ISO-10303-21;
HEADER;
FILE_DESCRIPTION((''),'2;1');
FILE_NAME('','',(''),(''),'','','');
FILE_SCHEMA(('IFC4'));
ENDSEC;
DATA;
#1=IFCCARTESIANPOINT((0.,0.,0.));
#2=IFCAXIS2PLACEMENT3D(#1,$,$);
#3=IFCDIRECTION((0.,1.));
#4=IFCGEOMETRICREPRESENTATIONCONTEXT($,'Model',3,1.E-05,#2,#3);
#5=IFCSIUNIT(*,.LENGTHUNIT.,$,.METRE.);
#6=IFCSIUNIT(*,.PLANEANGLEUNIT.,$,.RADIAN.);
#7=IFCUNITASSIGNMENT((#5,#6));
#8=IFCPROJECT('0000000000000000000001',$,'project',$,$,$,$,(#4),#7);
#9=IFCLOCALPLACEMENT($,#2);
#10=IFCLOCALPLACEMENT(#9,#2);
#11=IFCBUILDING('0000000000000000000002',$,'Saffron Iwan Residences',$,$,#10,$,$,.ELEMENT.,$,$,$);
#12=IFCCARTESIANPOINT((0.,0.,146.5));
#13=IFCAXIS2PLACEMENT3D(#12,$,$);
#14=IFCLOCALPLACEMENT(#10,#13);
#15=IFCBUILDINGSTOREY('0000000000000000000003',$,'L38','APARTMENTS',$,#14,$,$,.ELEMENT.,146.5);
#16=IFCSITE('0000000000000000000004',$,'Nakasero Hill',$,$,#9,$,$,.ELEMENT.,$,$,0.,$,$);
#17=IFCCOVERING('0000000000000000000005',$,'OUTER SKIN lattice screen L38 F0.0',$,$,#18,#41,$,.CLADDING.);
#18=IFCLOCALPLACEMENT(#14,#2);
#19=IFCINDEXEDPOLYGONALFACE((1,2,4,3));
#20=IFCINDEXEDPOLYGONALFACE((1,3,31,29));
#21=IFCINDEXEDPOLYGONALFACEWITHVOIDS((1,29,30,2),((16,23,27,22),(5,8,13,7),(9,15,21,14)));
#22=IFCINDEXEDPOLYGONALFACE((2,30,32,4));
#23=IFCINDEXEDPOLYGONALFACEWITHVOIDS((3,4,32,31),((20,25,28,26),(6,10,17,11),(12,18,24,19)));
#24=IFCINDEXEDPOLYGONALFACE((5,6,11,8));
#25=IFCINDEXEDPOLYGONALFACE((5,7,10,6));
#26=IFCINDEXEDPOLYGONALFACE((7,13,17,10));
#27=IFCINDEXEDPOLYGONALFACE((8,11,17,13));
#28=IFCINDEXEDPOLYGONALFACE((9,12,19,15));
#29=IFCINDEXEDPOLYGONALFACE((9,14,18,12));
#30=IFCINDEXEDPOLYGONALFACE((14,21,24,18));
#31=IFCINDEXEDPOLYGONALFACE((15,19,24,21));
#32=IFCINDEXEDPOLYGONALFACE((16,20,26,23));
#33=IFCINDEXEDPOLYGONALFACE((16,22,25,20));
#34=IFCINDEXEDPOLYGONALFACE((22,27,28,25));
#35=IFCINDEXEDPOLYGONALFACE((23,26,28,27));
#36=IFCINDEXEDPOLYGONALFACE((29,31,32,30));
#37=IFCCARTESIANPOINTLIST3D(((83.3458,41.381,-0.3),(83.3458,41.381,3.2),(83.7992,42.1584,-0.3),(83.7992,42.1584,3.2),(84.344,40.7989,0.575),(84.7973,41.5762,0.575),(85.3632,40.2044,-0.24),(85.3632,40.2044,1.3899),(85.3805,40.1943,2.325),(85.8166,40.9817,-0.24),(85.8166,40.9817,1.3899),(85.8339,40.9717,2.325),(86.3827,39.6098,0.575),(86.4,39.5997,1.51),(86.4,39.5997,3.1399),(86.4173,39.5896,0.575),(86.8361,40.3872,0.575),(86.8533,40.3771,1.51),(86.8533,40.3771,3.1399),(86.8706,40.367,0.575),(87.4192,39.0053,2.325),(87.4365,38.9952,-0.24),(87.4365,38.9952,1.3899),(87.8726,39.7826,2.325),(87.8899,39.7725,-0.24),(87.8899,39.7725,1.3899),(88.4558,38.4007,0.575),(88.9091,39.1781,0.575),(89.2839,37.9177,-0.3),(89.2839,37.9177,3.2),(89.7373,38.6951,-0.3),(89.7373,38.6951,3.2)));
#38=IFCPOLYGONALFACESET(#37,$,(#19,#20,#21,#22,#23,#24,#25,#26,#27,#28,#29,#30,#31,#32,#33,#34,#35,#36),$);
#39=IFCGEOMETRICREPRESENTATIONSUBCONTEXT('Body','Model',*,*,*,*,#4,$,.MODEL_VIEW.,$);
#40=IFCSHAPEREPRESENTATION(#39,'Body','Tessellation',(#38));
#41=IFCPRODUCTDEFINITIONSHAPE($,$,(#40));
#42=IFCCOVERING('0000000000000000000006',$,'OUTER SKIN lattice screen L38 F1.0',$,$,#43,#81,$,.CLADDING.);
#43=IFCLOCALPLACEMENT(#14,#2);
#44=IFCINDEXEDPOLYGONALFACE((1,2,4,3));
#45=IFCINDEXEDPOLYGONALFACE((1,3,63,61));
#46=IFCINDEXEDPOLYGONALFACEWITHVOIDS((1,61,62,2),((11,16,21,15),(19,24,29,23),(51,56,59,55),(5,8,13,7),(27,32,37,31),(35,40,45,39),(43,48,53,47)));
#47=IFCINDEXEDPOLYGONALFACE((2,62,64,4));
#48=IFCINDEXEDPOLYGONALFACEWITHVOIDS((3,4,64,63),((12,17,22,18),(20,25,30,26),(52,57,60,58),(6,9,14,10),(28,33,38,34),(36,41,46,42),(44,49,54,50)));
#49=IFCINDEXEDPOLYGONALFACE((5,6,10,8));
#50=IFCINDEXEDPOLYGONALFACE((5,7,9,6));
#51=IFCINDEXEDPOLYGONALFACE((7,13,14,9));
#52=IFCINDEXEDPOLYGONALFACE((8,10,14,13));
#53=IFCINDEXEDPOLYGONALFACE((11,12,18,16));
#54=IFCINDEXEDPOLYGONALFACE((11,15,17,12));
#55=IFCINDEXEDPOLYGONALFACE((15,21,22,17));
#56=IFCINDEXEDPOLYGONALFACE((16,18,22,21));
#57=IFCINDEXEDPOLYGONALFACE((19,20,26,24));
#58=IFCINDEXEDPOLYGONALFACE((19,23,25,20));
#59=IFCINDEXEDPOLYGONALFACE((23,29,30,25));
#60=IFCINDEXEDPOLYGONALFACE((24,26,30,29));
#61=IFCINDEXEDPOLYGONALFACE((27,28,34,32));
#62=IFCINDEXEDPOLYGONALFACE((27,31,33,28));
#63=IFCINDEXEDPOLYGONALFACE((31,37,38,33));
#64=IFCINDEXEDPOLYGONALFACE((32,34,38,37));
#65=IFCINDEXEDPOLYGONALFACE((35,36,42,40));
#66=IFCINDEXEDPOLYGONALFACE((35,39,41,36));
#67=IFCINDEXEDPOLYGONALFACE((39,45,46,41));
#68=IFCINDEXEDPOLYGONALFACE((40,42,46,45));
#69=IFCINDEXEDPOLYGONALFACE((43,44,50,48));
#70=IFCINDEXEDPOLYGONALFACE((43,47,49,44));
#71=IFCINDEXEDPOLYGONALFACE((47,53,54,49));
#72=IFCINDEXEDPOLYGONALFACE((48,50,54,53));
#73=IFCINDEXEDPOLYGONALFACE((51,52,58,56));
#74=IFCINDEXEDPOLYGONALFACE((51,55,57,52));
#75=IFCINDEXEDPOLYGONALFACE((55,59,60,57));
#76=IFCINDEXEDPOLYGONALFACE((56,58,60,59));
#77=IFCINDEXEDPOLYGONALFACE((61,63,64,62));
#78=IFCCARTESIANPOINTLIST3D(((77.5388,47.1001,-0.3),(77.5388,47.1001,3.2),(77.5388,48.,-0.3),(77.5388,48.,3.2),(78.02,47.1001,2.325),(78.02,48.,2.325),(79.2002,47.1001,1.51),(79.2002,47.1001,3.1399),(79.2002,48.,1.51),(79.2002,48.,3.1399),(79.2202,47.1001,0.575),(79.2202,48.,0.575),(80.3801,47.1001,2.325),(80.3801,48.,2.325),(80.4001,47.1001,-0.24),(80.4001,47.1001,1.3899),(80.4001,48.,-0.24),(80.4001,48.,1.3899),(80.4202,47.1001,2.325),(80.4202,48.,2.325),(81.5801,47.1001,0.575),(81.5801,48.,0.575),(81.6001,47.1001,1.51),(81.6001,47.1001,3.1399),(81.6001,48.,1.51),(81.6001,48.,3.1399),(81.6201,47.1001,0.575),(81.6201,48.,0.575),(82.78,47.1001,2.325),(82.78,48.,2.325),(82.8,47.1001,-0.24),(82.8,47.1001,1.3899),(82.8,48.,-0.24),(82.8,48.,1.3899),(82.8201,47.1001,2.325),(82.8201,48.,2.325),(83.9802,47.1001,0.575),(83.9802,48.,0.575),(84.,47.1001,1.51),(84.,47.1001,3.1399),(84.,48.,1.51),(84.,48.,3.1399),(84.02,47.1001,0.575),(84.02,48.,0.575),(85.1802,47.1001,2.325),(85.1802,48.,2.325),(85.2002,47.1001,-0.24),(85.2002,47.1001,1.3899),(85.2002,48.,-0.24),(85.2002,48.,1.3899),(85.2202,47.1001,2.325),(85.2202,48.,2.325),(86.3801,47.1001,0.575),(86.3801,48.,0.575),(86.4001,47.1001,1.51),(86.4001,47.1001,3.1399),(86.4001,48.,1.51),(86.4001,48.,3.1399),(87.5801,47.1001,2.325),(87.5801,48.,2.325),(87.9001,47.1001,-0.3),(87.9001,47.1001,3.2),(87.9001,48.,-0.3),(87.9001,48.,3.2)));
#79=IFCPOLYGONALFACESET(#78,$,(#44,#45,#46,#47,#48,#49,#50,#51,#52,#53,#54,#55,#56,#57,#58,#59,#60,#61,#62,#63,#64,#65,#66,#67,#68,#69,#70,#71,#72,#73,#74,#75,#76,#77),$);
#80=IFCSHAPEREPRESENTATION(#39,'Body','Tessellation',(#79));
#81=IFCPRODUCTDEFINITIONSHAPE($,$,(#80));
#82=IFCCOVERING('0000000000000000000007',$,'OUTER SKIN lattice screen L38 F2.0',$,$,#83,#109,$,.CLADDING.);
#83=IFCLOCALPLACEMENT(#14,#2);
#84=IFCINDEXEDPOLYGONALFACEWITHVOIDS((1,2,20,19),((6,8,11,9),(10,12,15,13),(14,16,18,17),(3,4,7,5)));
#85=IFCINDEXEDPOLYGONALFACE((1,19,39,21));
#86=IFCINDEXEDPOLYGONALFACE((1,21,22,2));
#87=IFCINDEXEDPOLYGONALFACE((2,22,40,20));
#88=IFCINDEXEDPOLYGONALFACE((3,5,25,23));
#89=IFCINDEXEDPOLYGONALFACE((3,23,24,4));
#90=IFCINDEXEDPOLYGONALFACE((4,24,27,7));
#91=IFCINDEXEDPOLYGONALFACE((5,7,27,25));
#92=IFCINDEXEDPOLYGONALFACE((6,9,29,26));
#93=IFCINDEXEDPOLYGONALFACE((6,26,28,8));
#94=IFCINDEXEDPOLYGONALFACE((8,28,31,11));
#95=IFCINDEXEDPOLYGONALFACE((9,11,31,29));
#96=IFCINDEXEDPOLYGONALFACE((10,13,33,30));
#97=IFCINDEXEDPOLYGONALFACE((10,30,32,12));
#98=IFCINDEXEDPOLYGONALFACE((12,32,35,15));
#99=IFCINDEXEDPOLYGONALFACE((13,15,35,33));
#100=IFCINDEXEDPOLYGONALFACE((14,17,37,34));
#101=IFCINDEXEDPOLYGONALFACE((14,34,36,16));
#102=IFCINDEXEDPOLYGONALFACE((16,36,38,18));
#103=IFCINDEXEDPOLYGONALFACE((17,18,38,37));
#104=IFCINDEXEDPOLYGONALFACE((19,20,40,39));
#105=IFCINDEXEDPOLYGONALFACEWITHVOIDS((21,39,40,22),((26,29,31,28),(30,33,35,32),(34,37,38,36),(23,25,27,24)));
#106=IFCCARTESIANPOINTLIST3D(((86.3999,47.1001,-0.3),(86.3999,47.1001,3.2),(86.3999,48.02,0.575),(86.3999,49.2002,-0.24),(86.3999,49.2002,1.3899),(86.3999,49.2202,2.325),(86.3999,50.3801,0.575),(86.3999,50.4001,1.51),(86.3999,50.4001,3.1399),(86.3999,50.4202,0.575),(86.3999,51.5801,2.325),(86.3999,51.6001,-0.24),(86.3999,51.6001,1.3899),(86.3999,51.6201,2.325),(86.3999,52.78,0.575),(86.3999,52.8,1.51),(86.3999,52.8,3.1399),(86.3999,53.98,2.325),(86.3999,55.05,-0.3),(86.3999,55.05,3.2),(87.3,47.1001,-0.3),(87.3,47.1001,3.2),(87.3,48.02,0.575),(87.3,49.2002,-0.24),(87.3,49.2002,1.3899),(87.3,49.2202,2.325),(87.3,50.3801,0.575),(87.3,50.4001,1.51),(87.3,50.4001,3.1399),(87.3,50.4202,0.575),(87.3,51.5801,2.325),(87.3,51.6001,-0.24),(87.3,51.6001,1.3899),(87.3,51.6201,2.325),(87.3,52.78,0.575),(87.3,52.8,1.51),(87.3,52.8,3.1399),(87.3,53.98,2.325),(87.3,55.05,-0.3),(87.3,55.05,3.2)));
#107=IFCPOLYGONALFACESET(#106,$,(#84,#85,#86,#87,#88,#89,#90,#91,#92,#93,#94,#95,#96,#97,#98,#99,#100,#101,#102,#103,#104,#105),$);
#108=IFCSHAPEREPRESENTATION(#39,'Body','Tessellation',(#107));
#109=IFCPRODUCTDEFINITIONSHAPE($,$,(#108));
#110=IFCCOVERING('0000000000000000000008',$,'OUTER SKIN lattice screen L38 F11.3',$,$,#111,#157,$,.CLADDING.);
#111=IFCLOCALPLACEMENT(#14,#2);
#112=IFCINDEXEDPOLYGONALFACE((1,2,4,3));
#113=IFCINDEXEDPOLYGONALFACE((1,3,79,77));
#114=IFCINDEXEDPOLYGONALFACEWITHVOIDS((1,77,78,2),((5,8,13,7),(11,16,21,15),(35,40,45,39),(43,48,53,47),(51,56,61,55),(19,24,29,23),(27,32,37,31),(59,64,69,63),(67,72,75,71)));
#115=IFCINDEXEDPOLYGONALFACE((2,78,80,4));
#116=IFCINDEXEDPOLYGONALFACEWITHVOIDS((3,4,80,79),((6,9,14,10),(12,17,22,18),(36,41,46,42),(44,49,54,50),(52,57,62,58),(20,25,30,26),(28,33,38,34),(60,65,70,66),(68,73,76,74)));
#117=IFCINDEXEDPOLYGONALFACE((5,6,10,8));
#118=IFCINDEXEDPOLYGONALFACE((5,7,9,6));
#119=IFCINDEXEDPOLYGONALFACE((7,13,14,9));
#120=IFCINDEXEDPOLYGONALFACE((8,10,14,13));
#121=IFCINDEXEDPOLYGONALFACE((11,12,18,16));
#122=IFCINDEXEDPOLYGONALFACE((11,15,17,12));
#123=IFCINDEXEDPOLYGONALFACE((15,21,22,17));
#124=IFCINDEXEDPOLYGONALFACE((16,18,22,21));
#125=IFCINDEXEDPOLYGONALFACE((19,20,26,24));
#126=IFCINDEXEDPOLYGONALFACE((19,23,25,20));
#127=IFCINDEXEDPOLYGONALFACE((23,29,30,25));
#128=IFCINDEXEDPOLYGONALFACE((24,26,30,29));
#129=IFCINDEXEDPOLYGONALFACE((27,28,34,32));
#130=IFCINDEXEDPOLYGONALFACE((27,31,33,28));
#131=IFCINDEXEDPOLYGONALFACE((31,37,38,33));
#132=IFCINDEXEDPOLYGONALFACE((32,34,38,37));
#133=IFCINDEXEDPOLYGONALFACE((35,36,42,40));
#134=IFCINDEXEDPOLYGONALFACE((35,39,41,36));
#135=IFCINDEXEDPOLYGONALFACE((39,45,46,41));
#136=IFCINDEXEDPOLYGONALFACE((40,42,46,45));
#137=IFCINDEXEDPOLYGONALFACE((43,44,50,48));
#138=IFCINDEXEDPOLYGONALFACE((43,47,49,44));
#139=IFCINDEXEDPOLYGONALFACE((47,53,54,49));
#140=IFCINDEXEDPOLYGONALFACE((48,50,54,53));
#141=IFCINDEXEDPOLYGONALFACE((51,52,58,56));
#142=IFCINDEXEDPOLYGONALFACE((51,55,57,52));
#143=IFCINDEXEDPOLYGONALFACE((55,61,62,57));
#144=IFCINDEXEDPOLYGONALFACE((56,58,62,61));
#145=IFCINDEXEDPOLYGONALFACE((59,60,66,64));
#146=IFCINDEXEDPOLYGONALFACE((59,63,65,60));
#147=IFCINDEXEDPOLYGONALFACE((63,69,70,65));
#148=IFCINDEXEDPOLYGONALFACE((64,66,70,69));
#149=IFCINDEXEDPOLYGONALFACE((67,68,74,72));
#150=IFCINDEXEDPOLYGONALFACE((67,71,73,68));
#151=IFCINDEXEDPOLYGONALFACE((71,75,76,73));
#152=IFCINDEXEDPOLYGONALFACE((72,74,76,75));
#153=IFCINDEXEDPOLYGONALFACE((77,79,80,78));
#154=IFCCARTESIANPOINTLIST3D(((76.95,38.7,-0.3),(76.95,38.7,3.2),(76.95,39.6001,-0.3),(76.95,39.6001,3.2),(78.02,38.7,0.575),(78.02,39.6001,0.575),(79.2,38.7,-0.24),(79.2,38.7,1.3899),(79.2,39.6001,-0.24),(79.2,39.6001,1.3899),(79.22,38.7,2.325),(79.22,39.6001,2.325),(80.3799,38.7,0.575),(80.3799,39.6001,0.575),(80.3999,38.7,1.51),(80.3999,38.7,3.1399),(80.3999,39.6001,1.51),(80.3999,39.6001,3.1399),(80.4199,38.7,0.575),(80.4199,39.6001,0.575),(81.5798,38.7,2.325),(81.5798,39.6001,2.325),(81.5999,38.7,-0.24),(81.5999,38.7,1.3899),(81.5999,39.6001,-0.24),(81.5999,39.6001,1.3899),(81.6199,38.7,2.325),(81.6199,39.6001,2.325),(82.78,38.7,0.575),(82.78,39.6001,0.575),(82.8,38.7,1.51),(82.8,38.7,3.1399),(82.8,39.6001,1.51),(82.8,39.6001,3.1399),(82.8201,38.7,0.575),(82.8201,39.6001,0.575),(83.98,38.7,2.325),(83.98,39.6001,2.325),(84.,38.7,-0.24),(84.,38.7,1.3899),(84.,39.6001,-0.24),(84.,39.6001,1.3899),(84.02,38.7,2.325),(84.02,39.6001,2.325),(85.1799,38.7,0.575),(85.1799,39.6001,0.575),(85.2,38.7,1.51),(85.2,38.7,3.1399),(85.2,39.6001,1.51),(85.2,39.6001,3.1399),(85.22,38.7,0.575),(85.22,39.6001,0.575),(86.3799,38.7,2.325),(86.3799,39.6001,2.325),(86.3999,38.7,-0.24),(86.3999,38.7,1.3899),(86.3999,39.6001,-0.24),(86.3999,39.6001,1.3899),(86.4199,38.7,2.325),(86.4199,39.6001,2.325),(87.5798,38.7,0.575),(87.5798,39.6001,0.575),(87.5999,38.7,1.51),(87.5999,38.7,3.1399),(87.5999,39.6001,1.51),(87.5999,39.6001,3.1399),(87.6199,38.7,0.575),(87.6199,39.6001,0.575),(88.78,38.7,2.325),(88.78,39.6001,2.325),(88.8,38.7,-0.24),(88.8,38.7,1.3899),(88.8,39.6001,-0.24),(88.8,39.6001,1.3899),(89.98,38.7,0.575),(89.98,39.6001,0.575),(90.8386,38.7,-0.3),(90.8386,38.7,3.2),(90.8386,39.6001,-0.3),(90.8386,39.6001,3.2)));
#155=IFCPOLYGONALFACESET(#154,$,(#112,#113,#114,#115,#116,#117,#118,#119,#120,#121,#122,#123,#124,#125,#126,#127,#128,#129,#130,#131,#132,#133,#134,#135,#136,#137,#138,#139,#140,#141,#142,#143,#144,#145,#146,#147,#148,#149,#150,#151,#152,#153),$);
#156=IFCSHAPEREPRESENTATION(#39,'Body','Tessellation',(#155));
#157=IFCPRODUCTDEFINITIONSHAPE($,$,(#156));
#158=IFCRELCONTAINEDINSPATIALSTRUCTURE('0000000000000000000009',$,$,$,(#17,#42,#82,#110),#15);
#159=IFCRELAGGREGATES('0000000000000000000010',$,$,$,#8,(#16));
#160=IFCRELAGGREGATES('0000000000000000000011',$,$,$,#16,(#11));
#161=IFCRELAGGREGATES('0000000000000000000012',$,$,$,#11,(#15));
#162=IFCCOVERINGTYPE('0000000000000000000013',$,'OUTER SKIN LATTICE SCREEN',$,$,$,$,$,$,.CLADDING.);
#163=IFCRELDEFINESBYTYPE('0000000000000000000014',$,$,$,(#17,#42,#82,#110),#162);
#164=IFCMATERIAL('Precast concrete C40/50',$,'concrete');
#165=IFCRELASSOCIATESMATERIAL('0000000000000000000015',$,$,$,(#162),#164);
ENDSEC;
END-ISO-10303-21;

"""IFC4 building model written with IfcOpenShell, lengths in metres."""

from ifc_helpers import new_model, si_unit, direction, frame, origin, place, context, subcontext, project, spatial, polyline, outline, extrude, material, type_object, element, save


model = new_model("IFC4")

# Units and contexts
model_context = context("Model", 3, precision=1e-05, world=origin(), true_north=direction((0.0, 1.0)))
body_context = subcontext(model_context, "Body", "Model", "MODEL_VIEW")
ifc_project = project(units=[si_unit("LENGTHUNIT", "METRE"), si_unit("PLANEANGLEUNIT", "RADIAN")], contexts=[model_context])

# Site, building, storey
site_placement = place(None, origin())
site = spatial("IfcSite", under=ifc_project, at=site_placement, Name="Nakasero Hill", CompositionType="ELEMENT", RefElevation=0.0)
building_placement = place(site_placement, origin())
building = spatial("IfcBuilding", under=site, at=building_placement, Name="Saffron Iwan Residences", CompositionType="ELEMENT")
storey_placement = place(building_placement, frame((0.0, 0.0, 146.5)))
storey = spatial("IfcBuildingStorey", under=building, at=storey_placement, Name="L38", Description="APARTMENTS", CompositionType="ELEMENT", Elevation=146.5)

# Coverings
ifc_material_1 = material(Name="Precast concrete C40/50", Category="concrete")
covering_type = type_object("IfcCoveringType", Name="OUTER SKIN LATTICE SCREEN", PredefinedType="CLADDING", material=ifc_material_1)
covering_1_placement = place(storey_placement, frame((89.2839, 37.9177, -0.3), z_axis=(0.503804, 0.863818, 0.0), x_axis=(-0.863818, 0.503804, 0.0)))
element("IfcCovering", 1, at=covering_1_placement, inside=storey, type_object=covering_type, Name="OUTER SKIN lattice screen L38 F0.0", PredefinedType="CLADDING", context=body_context, shape_type="SweptSolid", body=[
    extrude(outline(polyline([(0.0, 0.0), (6.8743, 0.0), (6.8743, 3.5), (0.0, 3.5), (0.0, 0.0)]), holes=[polyline([(0.9587, 0.875), (2.1387, 0.0601), (3.3186, 0.875), (2.1387, 1.6899), (0.9587, 0.875)]), polyline([(3.3586, 0.875), (4.5388, 0.0601), (5.7188, 0.875), (4.5388, 1.6899), (3.3586, 0.875)]), polyline([(2.1587, 2.625), (3.3386, 1.8101), (4.5188, 2.625), (3.3386, 3.4399), (2.1587, 2.625)])]), origin(), (0.0, 0.0, 1.0), 0.8999),
])
covering_2_placement = place(storey_placement, frame((77.5388, 48.0, -0.3), z_axis=(0.0, -1.0, 0.0), x_axis=(1.0, 0.0, 0.0)))
element("IfcCovering", 2, at=covering_2_placement, inside=storey, type_object=covering_type, Name="OUTER SKIN lattice screen L38 F1.0", PredefinedType="CLADDING", context=body_context, shape_type="SweptSolid", body=[
    extrude(outline(polyline([(0.0, 0.0), (10.3613, 0.0), (10.3613, 3.5), (0.0, 3.5), (0.0, 0.0)]), holes=[polyline([(1.6814, 0.875), (2.8613, 0.0601), (4.0413, 0.875), (2.8613, 1.6899), (1.6814, 0.875)]), polyline([(4.0813, 0.875), (5.2612, 0.0601), (6.4414, 0.875), (5.2612, 1.6899), (4.0813, 0.875)]), polyline([(6.4812, 0.875), (7.6614, 0.0601), (8.8413, 0.875), (7.6614, 1.6899), (6.4812, 0.875)]), polyline([(0.4812, 2.625), (1.6614, 1.8101), (2.8413, 2.625), (1.6614, 3.4399), (0.4812, 2.625)]), polyline([(2.8813, 2.625), (4.0613, 1.8101), (5.2412, 2.625), (4.0613, 3.4399), (2.8813, 2.625)]), polyline([(5.2812, 2.625), (6.4612, 1.8101), (7.6414, 2.625), (6.4612, 3.4399), (5.2812, 2.625)]), polyline([(7.6814, 2.625), (8.8613, 1.8101), (10.0413, 2.625), (8.8613, 3.4399), (7.6814, 2.625)])]), origin(), (0.0, 0.0, 1.0), 0.8999),
])
covering_3_placement = place(storey_placement, frame((86.3999, 47.1001, -0.3), z_axis=(1.0, 0.0, 0.0), x_axis=(0.0, 1.0, 0.0)))
element("IfcCovering", 3, at=covering_3_placement, inside=storey, type_object=covering_type, Name="OUTER SKIN lattice screen L38 F2.0", PredefinedType="CLADDING", context=body_context, shape_type="SweptSolid", body=[
    extrude(outline(polyline([(0.0, 0.0), (7.95, 0.0), (7.95, 3.5), (0.0, 3.5), (0.0, 0.0)]), holes=[polyline([(0.9199, 0.875), (2.1001, 0.0601), (3.28, 0.875), (2.1001, 1.6899), (0.9199, 0.875)]), polyline([(3.3201, 0.875), (4.5, 0.0601), (5.6799, 0.875), (4.5, 1.6899), (3.3201, 0.875)]), polyline([(2.1201, 2.625), (3.3, 1.8101), (4.48, 2.625), (3.3, 3.4399), (2.1201, 2.625)]), polyline([(4.52, 2.625), (5.7, 1.8101), (6.8799, 2.625), (5.7, 3.4399), (4.52, 2.625)])]), origin(), (0.0, 0.0, 1.0), 0.9001),
])
covering_4_placement = place(storey_placement, frame((76.95, 39.6001, -0.3), z_axis=(0.0, -1.0, 0.0), x_axis=(1.0, 0.0, 0.0)))
element("IfcCovering", 4, at=covering_4_placement, inside=storey, type_object=covering_type, Name="OUTER SKIN lattice screen L38 F11.3", PredefinedType="CLADDING", context=body_context, shape_type="SweptSolid", body=[
    extrude(outline(polyline([(0.0, 0.0), (13.8887, 0.0), (13.8887, 3.5), (0.0, 3.5), (0.0, 0.0)]), holes=[polyline([(1.0701, 0.875), (2.25, 0.0601), (3.4299, 0.875), (2.25, 1.6899), (1.0701, 0.875)]), polyline([(3.47, 0.875), (4.6499, 0.0601), (5.8301, 0.875), (4.6499, 1.6899), (3.47, 0.875)]), polyline([(5.8701, 0.875), (7.05, 0.0601), (8.23, 0.875), (7.05, 1.6899), (5.8701, 0.875)]), polyline([(8.27, 0.875), (9.45, 0.0601), (10.6299, 0.875), (9.45, 1.6899), (8.27, 0.875)]), polyline([(10.6699, 0.875), (11.8501, 0.0601), (13.03, 0.875), (11.8501, 1.6899), (10.6699, 0.875)]), polyline([(2.27, 2.625), (3.45, 1.8101), (4.6299, 2.625), (3.45, 3.4399), (2.27, 2.625)]), polyline([(4.6699, 2.625), (5.8501, 1.8101), (7.03, 2.625), (5.8501, 3.4399), (4.6699, 2.625)]), polyline([(7.0701, 2.625), (8.25, 1.8101), (9.4299, 2.625), (8.25, 3.4399), (7.0701, 2.625)]), polyline([(9.47, 2.625), (10.6499, 1.8101), (11.8301, 2.625), (10.6499, 3.4399), (9.47, 2.625)])]), origin(), (0.0, 0.0, 1.0), 0.9001),
])

save(model, "model.ifc")
